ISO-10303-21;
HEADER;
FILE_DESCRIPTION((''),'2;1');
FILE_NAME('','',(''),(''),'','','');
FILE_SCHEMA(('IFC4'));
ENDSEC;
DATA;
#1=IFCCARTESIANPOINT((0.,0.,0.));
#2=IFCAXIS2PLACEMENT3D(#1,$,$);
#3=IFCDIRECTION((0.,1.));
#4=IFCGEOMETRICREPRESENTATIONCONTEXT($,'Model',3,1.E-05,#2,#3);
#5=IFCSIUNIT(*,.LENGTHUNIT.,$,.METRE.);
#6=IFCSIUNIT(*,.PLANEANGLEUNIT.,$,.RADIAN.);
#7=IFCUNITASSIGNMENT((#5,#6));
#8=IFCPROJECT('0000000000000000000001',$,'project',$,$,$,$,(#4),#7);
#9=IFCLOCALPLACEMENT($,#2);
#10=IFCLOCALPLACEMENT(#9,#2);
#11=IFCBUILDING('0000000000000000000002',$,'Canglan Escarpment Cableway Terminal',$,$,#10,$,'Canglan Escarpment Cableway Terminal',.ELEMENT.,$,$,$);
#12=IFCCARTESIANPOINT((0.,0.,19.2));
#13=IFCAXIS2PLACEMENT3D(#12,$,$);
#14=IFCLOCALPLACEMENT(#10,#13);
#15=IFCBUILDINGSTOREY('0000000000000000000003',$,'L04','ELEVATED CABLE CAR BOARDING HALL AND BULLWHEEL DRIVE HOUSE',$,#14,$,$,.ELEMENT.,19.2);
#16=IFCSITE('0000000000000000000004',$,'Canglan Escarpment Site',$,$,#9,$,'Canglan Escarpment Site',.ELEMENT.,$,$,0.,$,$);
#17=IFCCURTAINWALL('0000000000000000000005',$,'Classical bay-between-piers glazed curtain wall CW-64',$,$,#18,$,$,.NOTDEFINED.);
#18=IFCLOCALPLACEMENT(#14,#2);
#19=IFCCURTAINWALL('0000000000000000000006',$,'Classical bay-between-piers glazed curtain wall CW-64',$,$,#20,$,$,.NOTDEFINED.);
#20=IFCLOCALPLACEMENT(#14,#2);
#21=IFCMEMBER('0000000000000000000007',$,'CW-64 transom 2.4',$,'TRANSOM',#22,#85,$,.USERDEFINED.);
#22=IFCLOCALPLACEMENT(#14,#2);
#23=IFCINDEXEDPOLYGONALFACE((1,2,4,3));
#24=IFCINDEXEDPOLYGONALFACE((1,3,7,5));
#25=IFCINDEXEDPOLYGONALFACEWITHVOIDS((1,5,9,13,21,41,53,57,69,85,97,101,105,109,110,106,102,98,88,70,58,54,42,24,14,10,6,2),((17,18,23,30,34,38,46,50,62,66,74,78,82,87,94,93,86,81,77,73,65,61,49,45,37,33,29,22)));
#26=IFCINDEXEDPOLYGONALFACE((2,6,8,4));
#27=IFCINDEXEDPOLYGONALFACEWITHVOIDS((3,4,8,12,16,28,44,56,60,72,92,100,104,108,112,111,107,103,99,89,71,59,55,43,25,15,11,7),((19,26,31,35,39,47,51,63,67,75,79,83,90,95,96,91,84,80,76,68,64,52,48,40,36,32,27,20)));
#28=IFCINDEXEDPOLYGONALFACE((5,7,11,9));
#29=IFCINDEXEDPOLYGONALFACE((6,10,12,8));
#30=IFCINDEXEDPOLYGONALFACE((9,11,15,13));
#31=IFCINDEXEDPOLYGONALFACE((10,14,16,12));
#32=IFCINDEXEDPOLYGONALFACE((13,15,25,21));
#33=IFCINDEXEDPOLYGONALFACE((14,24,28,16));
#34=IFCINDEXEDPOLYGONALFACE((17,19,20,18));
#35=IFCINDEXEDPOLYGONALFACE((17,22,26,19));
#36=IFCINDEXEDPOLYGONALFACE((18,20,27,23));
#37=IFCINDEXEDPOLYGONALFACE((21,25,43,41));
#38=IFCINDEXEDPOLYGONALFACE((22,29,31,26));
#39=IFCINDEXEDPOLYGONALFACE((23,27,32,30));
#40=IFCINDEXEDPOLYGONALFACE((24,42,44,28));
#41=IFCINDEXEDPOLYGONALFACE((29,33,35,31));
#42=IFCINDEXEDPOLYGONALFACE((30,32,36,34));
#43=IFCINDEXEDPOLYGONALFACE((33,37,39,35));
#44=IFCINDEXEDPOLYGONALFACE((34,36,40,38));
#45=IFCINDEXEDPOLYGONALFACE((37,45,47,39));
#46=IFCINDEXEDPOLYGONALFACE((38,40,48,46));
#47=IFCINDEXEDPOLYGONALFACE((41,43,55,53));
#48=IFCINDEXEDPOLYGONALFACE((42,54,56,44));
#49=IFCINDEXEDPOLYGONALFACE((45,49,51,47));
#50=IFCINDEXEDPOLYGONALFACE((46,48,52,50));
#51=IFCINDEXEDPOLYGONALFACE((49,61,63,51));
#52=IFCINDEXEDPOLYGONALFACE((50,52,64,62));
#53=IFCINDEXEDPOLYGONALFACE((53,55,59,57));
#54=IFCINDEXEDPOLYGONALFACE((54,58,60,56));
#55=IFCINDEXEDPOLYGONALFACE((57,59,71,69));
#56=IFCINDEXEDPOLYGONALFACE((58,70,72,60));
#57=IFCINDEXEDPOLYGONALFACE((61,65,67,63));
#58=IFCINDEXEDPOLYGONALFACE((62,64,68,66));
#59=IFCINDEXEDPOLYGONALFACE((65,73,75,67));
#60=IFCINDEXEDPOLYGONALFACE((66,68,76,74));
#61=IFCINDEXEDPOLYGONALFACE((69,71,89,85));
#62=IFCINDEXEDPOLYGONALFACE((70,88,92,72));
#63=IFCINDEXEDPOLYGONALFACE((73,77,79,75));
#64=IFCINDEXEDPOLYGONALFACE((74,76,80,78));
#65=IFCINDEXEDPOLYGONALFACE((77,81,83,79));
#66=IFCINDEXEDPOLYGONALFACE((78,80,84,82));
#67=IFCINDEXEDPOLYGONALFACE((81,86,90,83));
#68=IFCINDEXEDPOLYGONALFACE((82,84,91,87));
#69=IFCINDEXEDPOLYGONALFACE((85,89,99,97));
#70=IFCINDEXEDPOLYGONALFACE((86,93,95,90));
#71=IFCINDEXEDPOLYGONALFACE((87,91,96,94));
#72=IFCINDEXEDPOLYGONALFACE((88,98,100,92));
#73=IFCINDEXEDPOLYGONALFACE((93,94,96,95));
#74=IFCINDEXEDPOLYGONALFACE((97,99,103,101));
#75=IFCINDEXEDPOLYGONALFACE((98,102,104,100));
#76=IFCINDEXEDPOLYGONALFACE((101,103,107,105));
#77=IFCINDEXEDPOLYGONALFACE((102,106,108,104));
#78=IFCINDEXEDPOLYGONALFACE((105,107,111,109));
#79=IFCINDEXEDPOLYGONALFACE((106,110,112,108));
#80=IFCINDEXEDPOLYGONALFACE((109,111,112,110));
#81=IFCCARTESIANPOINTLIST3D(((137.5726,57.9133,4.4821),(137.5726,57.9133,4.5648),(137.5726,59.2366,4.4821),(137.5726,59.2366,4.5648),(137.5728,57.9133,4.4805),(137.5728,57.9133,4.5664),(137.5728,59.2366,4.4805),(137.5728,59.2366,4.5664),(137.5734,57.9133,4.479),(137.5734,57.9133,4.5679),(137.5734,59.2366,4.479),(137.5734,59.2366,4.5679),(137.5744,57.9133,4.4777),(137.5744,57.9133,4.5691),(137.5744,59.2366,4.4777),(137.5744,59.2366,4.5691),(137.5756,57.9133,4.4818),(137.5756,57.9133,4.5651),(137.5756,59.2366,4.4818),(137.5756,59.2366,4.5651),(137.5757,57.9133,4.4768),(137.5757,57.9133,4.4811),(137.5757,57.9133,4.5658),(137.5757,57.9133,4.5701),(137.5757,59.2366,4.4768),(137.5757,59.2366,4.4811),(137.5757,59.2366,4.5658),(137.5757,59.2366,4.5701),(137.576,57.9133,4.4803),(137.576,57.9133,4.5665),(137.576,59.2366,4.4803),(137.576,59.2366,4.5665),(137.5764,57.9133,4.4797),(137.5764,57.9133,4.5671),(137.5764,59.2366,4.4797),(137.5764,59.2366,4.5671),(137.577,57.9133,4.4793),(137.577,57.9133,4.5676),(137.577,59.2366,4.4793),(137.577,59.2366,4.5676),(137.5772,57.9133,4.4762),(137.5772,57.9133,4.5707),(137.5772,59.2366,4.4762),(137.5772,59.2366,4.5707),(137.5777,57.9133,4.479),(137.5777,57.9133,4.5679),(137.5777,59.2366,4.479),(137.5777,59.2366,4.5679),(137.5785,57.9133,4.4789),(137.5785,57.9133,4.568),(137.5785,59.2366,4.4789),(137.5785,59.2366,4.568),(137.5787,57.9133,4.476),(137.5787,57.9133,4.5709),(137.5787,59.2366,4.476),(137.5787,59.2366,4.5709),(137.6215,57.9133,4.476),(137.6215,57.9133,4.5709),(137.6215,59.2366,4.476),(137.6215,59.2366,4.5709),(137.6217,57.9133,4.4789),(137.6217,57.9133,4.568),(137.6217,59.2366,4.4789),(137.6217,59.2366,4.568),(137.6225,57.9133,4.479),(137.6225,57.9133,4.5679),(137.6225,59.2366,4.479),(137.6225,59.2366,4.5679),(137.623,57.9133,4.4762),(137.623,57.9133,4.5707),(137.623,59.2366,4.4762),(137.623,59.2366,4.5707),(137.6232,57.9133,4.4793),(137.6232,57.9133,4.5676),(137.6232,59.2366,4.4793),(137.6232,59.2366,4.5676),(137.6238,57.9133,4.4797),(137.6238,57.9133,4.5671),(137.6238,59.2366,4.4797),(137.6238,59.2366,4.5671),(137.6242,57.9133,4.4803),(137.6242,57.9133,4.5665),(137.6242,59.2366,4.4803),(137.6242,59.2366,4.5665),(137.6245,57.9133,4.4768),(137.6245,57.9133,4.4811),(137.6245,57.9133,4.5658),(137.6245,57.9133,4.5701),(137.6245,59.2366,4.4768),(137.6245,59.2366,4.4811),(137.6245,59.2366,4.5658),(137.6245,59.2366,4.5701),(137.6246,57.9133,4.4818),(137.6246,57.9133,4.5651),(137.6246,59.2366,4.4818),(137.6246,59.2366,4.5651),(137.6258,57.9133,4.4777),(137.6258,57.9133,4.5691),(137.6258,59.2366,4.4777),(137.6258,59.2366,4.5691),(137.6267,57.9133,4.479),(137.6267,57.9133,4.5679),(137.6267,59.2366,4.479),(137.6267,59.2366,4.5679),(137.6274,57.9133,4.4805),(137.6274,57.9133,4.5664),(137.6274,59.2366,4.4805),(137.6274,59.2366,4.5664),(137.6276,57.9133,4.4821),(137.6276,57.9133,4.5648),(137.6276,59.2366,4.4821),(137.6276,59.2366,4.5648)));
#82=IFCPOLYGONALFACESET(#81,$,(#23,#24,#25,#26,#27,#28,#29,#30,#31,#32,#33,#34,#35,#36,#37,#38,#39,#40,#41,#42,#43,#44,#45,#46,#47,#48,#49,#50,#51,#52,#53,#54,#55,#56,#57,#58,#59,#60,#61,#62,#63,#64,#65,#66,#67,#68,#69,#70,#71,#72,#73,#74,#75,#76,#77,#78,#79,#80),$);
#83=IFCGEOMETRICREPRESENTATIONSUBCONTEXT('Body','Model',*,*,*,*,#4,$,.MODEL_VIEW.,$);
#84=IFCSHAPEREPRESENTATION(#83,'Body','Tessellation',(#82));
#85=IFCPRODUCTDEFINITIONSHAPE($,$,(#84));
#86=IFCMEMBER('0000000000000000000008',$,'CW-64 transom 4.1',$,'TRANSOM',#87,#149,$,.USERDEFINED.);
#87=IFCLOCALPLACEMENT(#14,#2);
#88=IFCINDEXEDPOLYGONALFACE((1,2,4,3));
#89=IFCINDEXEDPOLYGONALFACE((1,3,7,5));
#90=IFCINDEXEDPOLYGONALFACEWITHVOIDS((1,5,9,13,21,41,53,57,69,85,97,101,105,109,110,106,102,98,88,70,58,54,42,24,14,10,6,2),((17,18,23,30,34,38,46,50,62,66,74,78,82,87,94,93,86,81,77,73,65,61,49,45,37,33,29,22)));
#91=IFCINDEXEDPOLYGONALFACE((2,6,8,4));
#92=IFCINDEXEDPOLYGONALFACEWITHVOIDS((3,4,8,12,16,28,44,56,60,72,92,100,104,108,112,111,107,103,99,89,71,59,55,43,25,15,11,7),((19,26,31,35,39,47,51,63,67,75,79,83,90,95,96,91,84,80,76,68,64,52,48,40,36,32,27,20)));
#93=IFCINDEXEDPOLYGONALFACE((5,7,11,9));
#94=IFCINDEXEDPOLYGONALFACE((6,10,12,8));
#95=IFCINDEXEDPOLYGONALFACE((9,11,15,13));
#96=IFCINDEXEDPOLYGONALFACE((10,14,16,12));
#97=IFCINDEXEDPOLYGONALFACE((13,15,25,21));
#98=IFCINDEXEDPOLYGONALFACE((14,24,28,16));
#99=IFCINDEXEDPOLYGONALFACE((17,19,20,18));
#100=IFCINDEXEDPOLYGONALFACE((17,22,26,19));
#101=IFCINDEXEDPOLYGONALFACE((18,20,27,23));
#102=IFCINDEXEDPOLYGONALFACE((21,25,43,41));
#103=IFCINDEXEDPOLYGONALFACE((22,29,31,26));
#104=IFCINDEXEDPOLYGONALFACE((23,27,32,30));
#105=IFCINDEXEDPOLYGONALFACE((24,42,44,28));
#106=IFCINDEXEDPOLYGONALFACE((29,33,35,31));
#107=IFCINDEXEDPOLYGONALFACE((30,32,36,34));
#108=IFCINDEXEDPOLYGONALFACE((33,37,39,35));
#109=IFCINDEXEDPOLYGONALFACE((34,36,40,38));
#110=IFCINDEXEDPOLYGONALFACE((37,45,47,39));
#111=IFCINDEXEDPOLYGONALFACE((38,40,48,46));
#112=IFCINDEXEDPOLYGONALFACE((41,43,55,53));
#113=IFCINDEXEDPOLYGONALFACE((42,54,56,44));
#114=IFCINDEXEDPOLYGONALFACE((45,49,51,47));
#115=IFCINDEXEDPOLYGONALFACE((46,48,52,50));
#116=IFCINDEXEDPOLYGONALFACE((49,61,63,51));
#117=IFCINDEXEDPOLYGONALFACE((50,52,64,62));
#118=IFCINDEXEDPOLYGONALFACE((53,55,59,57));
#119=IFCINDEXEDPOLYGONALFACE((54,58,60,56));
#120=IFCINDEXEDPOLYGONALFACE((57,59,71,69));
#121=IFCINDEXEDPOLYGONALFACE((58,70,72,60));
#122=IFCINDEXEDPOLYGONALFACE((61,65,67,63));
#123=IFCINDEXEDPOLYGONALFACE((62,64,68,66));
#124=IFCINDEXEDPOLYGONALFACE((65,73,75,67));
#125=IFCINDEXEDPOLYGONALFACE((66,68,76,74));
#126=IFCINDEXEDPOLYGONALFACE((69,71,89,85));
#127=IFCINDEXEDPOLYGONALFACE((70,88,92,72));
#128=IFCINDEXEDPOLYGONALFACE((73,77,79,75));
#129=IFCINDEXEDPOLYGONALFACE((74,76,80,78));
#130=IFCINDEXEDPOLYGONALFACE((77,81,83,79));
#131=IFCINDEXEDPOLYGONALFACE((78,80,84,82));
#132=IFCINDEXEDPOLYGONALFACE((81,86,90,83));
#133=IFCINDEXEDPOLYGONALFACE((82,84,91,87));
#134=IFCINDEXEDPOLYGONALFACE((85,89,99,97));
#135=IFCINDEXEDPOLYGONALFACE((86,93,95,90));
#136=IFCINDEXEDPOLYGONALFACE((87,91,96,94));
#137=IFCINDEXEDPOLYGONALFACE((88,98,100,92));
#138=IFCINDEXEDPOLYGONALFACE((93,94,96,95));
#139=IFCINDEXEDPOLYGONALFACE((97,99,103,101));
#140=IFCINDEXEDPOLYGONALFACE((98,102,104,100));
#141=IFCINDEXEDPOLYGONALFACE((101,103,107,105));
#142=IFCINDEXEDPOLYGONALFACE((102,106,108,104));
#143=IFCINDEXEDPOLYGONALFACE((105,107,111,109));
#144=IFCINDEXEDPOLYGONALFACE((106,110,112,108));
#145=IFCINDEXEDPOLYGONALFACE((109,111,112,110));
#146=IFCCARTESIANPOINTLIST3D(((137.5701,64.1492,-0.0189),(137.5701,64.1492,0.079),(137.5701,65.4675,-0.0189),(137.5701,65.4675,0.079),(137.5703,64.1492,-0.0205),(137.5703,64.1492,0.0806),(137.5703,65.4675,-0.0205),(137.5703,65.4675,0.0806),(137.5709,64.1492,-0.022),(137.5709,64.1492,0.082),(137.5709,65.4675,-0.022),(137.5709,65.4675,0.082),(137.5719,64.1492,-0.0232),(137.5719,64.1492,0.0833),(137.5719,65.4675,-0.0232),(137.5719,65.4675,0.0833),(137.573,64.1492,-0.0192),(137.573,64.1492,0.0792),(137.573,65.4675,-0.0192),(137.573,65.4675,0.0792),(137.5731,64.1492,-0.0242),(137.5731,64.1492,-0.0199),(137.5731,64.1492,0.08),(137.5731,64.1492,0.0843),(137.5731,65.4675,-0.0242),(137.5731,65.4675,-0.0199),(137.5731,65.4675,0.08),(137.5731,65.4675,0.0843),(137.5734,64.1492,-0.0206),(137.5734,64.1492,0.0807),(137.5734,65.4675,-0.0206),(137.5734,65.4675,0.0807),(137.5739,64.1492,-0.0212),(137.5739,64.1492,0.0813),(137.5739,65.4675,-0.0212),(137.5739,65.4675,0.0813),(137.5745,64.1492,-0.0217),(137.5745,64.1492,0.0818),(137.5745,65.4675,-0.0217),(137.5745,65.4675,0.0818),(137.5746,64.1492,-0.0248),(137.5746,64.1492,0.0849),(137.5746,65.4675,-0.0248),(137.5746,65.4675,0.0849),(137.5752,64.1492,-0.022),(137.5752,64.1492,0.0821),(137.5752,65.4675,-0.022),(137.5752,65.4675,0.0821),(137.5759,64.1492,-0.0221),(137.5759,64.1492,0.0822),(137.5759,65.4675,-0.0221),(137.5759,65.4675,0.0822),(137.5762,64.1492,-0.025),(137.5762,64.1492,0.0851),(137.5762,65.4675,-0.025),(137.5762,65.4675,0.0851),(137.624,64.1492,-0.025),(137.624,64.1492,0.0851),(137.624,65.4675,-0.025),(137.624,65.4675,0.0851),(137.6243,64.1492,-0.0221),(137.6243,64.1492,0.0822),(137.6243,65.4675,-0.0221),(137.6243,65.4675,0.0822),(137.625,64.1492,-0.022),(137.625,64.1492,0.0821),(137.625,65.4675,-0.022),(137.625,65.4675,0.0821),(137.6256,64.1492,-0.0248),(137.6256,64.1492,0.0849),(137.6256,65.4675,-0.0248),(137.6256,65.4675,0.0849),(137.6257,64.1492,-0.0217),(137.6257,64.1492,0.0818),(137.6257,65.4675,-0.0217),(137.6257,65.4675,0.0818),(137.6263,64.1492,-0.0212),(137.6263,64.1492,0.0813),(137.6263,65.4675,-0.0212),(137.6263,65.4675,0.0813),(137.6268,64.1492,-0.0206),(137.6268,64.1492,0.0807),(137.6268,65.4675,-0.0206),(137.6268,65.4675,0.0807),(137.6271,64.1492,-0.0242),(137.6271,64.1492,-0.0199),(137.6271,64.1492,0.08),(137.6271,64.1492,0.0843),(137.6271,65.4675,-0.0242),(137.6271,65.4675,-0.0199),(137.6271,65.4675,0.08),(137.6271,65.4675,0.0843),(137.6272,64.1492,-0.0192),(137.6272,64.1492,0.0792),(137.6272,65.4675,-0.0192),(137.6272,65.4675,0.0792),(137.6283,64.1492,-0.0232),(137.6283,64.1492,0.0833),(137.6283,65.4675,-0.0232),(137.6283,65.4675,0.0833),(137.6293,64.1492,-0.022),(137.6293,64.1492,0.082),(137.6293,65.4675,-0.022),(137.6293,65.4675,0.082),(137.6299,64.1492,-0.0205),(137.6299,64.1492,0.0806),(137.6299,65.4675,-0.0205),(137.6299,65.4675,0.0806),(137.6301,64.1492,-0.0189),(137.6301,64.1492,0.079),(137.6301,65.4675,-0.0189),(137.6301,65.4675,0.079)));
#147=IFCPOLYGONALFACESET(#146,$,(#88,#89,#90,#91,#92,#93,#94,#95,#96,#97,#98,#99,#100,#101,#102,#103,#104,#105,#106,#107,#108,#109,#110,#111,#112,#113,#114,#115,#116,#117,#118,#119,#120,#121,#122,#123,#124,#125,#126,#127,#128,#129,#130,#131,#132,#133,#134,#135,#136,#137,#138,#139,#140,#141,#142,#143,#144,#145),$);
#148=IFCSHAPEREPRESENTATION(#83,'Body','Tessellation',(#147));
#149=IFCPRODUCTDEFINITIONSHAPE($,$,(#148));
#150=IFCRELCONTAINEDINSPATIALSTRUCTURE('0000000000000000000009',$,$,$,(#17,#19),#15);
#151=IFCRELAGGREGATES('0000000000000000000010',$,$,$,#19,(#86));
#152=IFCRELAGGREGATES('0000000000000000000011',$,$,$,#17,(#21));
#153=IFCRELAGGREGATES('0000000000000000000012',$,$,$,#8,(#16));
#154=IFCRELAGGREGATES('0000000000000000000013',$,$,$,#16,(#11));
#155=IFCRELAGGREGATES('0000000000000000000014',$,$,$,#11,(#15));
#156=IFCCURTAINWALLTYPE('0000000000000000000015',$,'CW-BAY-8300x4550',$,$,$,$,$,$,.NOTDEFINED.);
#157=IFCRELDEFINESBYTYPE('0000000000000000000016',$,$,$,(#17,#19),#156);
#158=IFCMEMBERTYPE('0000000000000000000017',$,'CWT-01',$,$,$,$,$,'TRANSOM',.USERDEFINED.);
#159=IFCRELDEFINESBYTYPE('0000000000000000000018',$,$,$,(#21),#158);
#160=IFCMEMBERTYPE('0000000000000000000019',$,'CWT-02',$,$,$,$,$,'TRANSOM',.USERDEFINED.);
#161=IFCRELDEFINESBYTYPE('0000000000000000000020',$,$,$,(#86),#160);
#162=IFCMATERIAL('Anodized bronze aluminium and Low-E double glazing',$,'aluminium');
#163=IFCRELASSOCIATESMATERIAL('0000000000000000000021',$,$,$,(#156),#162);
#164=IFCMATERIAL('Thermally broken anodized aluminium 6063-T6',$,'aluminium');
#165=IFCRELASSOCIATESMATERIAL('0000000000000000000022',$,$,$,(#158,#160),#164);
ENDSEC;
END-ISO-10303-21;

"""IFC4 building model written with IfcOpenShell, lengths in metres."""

from ifc_helpers import new_model, si_unit, direction, frame, origin, origin_2d, place, context, subcontext, project, spatial, hollow_rectangle, extrude, material, material_profile, profile_set, type_object, element, aggregate, save


model = new_model("IFC4")

# Units and contexts
model_context = context("Model", 3, precision=1e-05, world=origin(), true_north=direction((0.0, 1.0)))
body_context = subcontext(model_context, "Body", "Model", "MODEL_VIEW")
ifc_project = project(units=[si_unit("LENGTHUNIT", "METRE"), si_unit("PLANEANGLEUNIT", "RADIAN")], contexts=[model_context])

# Site, building, storey
site_placement = place(None, origin())
site = spatial("IfcSite", under=ifc_project, at=site_placement, Name="Canglan Escarpment Site", LongName="Canglan Escarpment Site", CompositionType="ELEMENT", RefElevation=0.0)
building_placement = place(site_placement, origin())
building = spatial("IfcBuilding", under=site, at=building_placement, Name="Canglan Escarpment Cableway Terminal", LongName="Canglan Escarpment Cableway Terminal", CompositionType="ELEMENT")
storey_placement = place(building_placement, frame((0.0, 0.0, 19.2)))
storey = spatial("IfcBuildingStorey", under=building, at=storey_placement, Name="L04", Description="ELEVATED CABLE CAR BOARDING HALL AND BULLWHEEL DRIVE HOUSE", CompositionType="ELEMENT", Elevation=19.2)

# Curtain walls
ifc_material_1 = material(Name="Anodized bronze aluminium and Low-E double glazing", Category="aluminium")
curtain_wall_type = type_object("IfcCurtainWallType", Name="CW-BAY-8300x4550", PredefinedType="NOTDEFINED", material=ifc_material_1)
curtain_wall_1_placement = place(storey_placement, origin())
curtain_wall_1 = element("IfcCurtainWall", 1, at=curtain_wall_1_placement, inside=storey, type_object=curtain_wall_type, Name="Classical bay-between-piers glazed curtain wall CW-64", PredefinedType="NOTDEFINED")
ifc_material_2 = material(Name="Thermally broken anodized aluminium 6063-T6", Category="aluminium")
curtain_wall_2_placement = place(storey_placement, origin())
curtain_wall_2 = element("IfcCurtainWall", 2, at=curtain_wall_2_placement, inside=storey, type_object=curtain_wall_type, Name="Classical bay-between-piers glazed curtain wall CW-64", PredefinedType="NOTDEFINED")

# Members
ifc_material_profile_1 = material_profile(ifc_material_2, hollow_rectangle(XDim=0.0549, YDim=0.095, WallThickness=0.0029, InnerFilletRadius=0.0029, OuterFilletRadius=0.0061, at=origin_2d()), Name="ALU-TRAN 55x95x3")
ifc_profile_set_1 = profile_set([ifc_material_profile_1], Name="Thermally broken anodized aluminium 6063-T6")
member_type_1 = type_object("IfcMemberType", Name="CWT-01", ElementType="TRANSOM", PredefinedType="USERDEFINED", material=ifc_profile_set_1)
member_1_placement = place(storey_placement, frame((137.6001, 59.2366, 4.5234), z_axis=(0.0, -1.0, 0.0), x_axis=(1.0, 0.0, 0.0)))
member_1 = element("IfcMember", 3, at=member_1_placement, type_object=member_type_1, Name="CW-64 transom 2.4", ObjectType="TRANSOM", PredefinedType="USERDEFINED", context=body_context, shape_type="SweptSolid", body=[
    extrude(hollow_rectangle(XDim=0.0549, YDim=0.095, WallThickness=0.0029, InnerFilletRadius=0.0029, OuterFilletRadius=0.0061, at=origin_2d()), origin(), (0.0, 0.0, 1.0), 1.3232),
])
ifc_material_profile_2 = material_profile(ifc_material_2, hollow_rectangle(XDim=0.0601, YDim=0.1101, WallThickness=0.0029, InnerFilletRadius=0.0029, OuterFilletRadius=0.0061, at=origin_2d()), Name="ALU-TRAN 60x110x3")
ifc_profile_set_2 = profile_set([ifc_material_profile_2], Name="Thermally broken anodized aluminium 6063-T6")
member_type_2 = type_object("IfcMemberType", Name="CWT-02", ElementType="TRANSOM", PredefinedType="USERDEFINED", material=ifc_profile_set_2)
member_2_placement = place(storey_placement, frame((137.6001, 65.4675, 0.03), z_axis=(0.0, -1.0, 0.0), x_axis=(1.0, 0.0, 0.0)))
member_2 = element("IfcMember", 4, at=member_2_placement, type_object=member_type_2, Name="CW-64 transom 4.1", ObjectType="TRANSOM", PredefinedType="USERDEFINED", context=body_context, shape_type="SweptSolid", body=[
    extrude(hollow_rectangle(XDim=0.0601, YDim=0.1101, WallThickness=0.0029, InnerFilletRadius=0.0029, OuterFilletRadius=0.0061, at=origin_2d()), origin(), (0.0, 0.0, 1.0), 1.3184),
])

aggregate(curtain_wall_2, [member_2])
aggregate(curtain_wall_1, [member_1])

save(model, "model.ifc")
